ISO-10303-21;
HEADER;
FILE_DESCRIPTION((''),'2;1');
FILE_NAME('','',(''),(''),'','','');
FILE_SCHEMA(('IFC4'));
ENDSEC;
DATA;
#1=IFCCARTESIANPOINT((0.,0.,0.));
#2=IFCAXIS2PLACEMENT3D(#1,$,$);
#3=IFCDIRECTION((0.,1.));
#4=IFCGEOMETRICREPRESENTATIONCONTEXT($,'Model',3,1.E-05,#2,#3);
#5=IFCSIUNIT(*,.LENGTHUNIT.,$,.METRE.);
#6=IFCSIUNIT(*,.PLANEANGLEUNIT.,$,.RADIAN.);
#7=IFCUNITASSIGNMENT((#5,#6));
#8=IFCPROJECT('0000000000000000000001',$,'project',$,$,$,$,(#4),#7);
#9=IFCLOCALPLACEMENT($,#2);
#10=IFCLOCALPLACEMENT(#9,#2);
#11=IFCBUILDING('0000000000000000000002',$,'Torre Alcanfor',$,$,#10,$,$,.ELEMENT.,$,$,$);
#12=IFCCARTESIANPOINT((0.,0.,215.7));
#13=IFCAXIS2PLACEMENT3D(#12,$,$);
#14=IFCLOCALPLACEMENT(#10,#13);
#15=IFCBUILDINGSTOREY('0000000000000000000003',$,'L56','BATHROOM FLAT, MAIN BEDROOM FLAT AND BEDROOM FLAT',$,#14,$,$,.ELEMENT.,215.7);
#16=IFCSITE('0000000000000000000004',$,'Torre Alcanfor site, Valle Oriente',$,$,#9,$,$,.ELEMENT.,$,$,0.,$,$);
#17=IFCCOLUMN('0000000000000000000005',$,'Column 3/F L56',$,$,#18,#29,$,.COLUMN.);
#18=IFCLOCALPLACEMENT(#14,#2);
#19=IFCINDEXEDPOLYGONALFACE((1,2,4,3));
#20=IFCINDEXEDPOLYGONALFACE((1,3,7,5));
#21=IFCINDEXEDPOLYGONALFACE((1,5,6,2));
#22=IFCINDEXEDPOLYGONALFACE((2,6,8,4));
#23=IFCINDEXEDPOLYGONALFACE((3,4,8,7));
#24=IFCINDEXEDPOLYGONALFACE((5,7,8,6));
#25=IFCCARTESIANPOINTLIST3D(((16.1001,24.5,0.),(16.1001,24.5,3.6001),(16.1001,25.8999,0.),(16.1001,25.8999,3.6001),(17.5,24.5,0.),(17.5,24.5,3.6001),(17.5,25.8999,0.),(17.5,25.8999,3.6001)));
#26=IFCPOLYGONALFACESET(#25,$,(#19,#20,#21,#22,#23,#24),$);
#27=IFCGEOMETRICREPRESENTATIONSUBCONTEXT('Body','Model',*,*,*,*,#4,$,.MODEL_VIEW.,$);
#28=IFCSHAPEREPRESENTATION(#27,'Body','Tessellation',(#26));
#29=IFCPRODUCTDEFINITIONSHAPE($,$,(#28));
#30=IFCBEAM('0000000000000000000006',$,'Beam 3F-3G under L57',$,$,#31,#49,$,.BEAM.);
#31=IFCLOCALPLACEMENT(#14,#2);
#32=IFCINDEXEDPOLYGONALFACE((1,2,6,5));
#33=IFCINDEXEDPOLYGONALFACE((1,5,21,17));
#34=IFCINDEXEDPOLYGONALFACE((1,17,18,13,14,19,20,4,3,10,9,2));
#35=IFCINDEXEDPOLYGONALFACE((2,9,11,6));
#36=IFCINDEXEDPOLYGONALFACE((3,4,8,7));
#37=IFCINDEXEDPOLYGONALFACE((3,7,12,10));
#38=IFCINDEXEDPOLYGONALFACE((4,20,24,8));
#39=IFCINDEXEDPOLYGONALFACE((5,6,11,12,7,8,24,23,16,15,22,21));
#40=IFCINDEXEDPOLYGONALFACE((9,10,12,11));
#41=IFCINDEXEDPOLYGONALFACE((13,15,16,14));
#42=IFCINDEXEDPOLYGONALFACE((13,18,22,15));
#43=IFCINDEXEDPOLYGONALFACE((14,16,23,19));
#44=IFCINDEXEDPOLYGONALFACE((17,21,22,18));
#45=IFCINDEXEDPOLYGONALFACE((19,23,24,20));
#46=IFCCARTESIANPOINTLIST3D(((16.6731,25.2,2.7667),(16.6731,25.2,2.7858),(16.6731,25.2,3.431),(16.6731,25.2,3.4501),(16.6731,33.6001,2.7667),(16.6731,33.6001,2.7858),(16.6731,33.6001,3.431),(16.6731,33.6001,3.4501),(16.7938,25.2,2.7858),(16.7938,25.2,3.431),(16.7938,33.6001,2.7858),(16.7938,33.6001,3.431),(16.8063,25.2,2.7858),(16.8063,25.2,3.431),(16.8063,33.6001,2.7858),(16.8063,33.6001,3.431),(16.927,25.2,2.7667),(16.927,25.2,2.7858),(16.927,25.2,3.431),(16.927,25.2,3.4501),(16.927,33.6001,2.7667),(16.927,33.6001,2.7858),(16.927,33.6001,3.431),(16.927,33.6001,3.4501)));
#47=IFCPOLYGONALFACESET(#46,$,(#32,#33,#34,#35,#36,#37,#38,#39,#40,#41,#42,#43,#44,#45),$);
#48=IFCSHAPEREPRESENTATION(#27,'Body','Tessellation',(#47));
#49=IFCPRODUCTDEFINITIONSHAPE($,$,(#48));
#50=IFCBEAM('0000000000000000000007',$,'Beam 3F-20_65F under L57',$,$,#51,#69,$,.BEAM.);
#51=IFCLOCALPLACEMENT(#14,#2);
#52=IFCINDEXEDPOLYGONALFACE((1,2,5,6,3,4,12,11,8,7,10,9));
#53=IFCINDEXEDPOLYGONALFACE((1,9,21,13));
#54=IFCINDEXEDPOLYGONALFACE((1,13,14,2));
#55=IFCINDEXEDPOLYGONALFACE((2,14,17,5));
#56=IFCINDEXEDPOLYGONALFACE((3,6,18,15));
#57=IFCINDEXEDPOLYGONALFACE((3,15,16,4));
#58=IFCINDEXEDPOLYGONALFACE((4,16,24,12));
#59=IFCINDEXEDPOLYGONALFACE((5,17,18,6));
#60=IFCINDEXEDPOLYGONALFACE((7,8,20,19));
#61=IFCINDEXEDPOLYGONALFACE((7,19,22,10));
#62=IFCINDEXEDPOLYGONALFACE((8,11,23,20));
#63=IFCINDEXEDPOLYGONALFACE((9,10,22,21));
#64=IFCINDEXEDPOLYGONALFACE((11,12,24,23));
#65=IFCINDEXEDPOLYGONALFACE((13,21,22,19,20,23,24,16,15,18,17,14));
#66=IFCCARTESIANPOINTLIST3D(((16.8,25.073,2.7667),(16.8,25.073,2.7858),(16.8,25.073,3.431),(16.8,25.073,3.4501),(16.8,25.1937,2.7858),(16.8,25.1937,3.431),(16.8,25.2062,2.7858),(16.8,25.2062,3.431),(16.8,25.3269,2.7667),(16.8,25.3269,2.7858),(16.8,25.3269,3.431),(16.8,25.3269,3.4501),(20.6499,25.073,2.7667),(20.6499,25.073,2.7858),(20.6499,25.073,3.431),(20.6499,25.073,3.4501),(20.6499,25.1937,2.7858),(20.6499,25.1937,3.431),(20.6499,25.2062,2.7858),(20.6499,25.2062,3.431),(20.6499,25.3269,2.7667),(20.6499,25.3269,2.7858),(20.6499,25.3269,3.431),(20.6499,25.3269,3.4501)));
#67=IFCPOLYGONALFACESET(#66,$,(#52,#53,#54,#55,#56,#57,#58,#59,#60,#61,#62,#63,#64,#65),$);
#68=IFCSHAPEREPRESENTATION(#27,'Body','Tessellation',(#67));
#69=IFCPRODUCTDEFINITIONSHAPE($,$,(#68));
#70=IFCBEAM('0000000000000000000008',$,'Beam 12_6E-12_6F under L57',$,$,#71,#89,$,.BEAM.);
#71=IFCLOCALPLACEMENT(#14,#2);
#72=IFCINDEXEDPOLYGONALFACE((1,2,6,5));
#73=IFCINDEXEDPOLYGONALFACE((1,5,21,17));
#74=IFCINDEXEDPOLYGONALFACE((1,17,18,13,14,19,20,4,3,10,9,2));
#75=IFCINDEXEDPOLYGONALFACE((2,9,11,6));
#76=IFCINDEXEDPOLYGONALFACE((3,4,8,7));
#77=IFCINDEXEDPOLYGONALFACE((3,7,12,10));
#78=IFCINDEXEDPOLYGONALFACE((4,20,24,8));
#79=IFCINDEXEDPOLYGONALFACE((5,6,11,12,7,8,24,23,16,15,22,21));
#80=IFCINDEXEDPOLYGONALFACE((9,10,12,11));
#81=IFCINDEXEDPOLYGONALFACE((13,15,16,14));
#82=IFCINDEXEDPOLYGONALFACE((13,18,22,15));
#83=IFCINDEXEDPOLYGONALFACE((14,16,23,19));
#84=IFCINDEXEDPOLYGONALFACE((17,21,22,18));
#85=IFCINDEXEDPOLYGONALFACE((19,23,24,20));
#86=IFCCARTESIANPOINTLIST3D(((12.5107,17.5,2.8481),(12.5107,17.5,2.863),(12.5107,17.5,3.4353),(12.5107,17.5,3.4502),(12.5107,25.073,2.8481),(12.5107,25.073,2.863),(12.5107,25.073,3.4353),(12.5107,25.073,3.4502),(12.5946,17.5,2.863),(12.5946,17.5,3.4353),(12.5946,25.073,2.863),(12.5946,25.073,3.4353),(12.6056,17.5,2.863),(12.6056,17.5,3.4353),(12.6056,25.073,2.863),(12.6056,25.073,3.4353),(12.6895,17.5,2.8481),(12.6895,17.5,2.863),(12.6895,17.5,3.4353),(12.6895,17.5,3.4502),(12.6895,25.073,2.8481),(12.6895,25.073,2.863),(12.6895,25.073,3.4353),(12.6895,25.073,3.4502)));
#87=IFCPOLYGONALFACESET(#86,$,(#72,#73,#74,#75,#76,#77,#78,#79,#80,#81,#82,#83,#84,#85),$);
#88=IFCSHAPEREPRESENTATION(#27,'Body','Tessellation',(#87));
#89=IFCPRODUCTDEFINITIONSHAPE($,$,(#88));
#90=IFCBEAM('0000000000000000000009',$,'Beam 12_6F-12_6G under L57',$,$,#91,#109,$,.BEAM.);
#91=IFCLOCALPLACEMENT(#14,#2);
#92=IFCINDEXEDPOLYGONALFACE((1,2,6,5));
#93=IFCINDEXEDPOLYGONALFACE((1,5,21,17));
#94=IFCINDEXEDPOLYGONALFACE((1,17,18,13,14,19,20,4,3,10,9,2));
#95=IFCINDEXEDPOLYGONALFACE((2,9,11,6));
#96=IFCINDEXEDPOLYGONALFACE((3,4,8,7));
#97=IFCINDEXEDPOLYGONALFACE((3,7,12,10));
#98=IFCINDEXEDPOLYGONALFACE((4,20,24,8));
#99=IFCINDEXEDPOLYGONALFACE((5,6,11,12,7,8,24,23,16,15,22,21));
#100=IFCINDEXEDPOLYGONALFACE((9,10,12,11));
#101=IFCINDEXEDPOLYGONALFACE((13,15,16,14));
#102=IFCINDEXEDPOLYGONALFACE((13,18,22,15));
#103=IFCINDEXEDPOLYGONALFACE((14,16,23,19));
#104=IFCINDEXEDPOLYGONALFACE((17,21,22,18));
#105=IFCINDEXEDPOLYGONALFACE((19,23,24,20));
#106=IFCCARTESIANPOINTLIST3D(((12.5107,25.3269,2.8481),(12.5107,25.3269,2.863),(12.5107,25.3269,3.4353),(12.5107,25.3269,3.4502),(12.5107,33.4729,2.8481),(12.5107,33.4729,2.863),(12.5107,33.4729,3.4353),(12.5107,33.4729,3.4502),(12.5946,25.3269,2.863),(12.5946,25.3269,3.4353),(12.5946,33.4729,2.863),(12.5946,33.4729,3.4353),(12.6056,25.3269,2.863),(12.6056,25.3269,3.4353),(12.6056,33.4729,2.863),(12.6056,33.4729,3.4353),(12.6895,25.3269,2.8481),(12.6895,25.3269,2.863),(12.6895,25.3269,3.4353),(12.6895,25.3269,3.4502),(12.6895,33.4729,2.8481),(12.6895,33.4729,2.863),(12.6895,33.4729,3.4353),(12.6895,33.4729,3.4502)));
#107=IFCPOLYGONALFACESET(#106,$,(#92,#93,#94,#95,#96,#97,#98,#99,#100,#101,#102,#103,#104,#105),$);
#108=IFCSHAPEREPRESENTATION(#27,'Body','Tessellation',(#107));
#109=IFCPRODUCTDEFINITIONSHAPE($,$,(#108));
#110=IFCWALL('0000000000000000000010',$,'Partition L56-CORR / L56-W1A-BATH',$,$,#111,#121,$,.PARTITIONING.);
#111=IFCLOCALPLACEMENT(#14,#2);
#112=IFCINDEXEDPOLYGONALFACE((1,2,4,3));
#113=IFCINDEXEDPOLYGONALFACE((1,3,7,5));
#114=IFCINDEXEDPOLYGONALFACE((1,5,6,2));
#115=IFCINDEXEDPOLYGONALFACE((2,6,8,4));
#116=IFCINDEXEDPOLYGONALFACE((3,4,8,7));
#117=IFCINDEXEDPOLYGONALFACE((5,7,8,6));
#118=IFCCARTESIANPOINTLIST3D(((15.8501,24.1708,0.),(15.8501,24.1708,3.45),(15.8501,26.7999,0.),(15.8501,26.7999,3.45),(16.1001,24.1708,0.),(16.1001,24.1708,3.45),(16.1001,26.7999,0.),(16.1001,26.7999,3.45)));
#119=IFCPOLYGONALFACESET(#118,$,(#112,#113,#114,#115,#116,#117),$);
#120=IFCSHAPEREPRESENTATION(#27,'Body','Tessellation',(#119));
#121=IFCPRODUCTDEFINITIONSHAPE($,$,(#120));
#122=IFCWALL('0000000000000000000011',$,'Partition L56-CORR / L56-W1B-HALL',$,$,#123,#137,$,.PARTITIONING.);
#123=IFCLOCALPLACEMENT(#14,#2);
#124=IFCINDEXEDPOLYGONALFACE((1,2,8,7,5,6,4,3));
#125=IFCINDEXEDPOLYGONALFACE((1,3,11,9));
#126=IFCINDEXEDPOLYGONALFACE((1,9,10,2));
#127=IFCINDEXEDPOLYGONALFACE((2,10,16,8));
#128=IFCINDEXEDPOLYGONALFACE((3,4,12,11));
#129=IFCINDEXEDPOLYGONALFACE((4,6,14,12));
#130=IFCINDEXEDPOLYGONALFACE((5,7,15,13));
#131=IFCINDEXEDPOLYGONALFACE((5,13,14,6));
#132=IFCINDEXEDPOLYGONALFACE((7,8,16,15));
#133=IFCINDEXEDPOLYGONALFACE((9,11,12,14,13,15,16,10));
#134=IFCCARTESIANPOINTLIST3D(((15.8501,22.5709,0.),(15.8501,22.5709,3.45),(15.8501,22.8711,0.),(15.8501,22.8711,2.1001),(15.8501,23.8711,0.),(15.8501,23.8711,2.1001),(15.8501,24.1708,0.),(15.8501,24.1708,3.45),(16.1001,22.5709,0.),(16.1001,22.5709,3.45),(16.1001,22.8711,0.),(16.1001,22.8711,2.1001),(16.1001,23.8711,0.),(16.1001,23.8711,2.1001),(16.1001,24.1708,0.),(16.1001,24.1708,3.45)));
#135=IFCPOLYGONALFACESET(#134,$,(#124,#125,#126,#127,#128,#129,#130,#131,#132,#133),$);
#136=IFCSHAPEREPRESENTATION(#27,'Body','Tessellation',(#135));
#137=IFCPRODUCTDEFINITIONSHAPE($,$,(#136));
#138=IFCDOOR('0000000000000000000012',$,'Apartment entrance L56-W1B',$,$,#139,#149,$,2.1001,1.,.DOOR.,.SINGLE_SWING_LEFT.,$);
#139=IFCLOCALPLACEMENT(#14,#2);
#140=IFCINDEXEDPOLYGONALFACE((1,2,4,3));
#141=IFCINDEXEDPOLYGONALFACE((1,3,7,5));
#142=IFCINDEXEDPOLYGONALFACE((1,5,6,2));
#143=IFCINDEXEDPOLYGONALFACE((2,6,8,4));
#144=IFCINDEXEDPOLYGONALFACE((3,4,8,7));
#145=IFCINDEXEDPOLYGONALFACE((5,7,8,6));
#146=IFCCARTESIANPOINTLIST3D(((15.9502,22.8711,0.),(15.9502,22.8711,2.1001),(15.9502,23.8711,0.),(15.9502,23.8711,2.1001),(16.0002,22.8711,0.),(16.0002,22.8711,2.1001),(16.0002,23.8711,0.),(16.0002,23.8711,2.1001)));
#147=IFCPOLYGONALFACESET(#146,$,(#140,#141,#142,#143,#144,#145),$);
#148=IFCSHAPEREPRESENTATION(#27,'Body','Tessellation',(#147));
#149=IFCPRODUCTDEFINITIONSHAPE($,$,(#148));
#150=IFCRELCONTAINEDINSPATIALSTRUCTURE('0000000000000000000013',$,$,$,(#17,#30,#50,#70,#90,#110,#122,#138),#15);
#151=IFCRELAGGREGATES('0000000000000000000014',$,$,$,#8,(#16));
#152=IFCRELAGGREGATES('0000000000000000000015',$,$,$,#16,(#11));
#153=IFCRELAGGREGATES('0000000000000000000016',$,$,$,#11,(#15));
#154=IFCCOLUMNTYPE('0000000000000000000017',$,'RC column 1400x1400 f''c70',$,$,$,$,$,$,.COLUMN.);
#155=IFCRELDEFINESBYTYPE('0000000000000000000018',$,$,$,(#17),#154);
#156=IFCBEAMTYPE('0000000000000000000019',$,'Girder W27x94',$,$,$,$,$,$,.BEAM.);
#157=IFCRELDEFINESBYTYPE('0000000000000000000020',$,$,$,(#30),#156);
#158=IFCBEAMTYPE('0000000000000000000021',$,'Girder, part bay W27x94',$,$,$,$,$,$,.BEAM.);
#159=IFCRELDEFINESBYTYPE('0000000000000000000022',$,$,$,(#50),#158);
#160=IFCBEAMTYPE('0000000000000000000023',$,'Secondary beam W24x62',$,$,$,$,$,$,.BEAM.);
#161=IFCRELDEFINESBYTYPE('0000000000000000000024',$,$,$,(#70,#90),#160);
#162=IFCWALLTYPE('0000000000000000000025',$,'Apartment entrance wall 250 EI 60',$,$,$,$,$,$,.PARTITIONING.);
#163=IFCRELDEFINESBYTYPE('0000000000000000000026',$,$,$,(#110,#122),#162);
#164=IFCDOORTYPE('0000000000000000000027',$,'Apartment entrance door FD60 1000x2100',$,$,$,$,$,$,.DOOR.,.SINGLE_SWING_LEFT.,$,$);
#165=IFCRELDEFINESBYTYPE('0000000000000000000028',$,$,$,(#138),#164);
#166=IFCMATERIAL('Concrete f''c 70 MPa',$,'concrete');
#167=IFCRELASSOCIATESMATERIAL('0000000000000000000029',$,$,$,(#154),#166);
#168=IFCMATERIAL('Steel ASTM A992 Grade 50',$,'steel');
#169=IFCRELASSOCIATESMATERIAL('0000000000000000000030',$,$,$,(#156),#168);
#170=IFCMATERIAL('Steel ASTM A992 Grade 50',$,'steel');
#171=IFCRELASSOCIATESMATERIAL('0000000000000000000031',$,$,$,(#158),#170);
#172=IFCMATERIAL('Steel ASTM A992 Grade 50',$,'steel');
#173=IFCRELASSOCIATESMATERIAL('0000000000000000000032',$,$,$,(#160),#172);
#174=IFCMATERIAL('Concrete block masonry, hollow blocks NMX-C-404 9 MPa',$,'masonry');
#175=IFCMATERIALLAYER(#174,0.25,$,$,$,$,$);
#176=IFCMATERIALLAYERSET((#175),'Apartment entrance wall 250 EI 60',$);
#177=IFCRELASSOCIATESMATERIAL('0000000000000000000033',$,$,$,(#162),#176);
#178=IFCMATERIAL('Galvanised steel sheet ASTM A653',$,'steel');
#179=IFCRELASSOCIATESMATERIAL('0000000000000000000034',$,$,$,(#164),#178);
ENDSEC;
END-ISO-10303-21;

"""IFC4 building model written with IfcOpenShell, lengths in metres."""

from ifc_helpers import new_model, si_unit, direction, frame, frame_2d, origin, origin_2d, place, context, subcontext, project, spatial, rectangle, i_section, extrude, material, layer, layer_set, material_profile, profile_set, type_object, element, fill, save


model = new_model("IFC4")

# Units and contexts
model_context = context("Model", 3, precision=1e-05, world=origin(), true_north=direction((0.0, 1.0)))
body_context = subcontext(model_context, "Body", "Model", "MODEL_VIEW")
ifc_project = project(units=[si_unit("LENGTHUNIT", "METRE"), si_unit("PLANEANGLEUNIT", "RADIAN")], contexts=[model_context])

# Site, building, storey
site_placement = place(None, origin())
site = spatial("IfcSite", under=ifc_project, at=site_placement, Name="Torre Alcanfor site, Valle Oriente", CompositionType="ELEMENT", RefElevation=0.0)
building_placement = place(site_placement, origin())
building = spatial("IfcBuilding", under=site, at=building_placement, Name="Torre Alcanfor", CompositionType="ELEMENT")
storey_placement = place(building_placement, frame((0.0, 0.0, 215.7)))
storey = spatial("IfcBuildingStorey", under=building, at=storey_placement, Name="L56", Description="BATHROOM FLAT, MAIN BEDROOM FLAT AND BEDROOM FLAT", CompositionType="ELEMENT", Elevation=215.7)

# Column
ifc_material_1 = material(Name="Concrete f'c 70 MPa", Category="concrete")
ifc_material_profile_1 = material_profile(ifc_material_1, rectangle(XDim=1.3999, YDim=1.3999, at=origin_2d()), Name="1400x1400")
ifc_profile_set_1 = profile_set([ifc_material_profile_1], Name="Concrete f'c 70 MPa")
column_type = type_object("IfcColumnType", Name="RC column 1400x1400 f'c70", PredefinedType="COLUMN", material=ifc_profile_set_1)
column_placement = place(storey_placement, frame((16.8, 25.2, 0.0), z_axis=(0.0, 0.0, 1.0), x_axis=(1.0, 0.0, 0.0)))
element("IfcColumn", 1, at=column_placement, inside=storey, type_object=column_type, Name="Column 3/F L56", PredefinedType="COLUMN", context=body_context, shape_type="SweptSolid", body=[
    extrude(rectangle(XDim=1.3999, YDim=1.3999, at=origin_2d()), origin(), (0.0, 0.0, 1.0), 3.6001),
])

# Beams
ifc_material_2 = material(Name="Steel ASTM A992 Grade 50", Category="steel")
ifc_material_profile_2 = material_profile(ifc_material_2, i_section(OverallWidth=0.2539, OverallDepth=0.6833, WebThickness=0.0125, FlangeThickness=0.019, at=origin_2d()), Name="W27x94")
ifc_profile_set_2 = profile_set([ifc_material_profile_2], Name="Steel ASTM A992 Grade 50")
beam_type_1 = type_object("IfcBeamType", Name="Girder W27x94", PredefinedType="BEAM", material=ifc_profile_set_2)
beam_1_placement = place(storey_placement, frame((16.8, 25.2, 3.1084), z_axis=(0.0, 1.0, 0.0), x_axis=(-1.0, 0.0, 0.0)))
element("IfcBeam", 2, at=beam_1_placement, inside=storey, type_object=beam_type_1, Name="Beam 3F-3G under L57", PredefinedType="BEAM", context=body_context, shape_type="SweptSolid", body=[
    extrude(i_section(OverallWidth=0.2539, OverallDepth=0.6833, WebThickness=0.0125, FlangeThickness=0.019, at=origin_2d()), origin(), (0.0, 0.0, 1.0), 8.4001),
])
ifc_material_3 = material(Name="Steel ASTM A992 Grade 50", Category="steel")
ifc_material_profile_3 = material_profile(ifc_material_3, i_section(OverallWidth=0.2539, OverallDepth=0.6833, WebThickness=0.0125, FlangeThickness=0.019, at=origin_2d()), Name="W27x94")
ifc_profile_set_3 = profile_set([ifc_material_profile_3], Name="Steel ASTM A992 Grade 50")
beam_type_2 = type_object("IfcBeamType", Name="Girder, part bay W27x94", PredefinedType="BEAM", material=ifc_profile_set_3)
beam_2_placement = place(storey_placement, frame((16.8, 25.2, 3.1084), z_axis=(1.0, 0.0, 0.0), x_axis=(0.0, 1.0, 0.0)))
element("IfcBeam", 3, at=beam_2_placement, inside=storey, type_object=beam_type_2, Name="Beam 3F-20_65F under L57", PredefinedType="BEAM", context=body_context, shape_type="SweptSolid", body=[
    extrude(i_section(OverallWidth=0.2539, OverallDepth=0.6833, WebThickness=0.0125, FlangeThickness=0.019, at=origin_2d()), origin(), (0.0, 0.0, 1.0), 3.8499),
])
ifc_material_4 = material(Name="Steel ASTM A992 Grade 50", Category="steel")
ifc_material_profile_4 = material_profile(ifc_material_4, i_section(OverallWidth=0.1787, OverallDepth=0.6021, WebThickness=0.011, FlangeThickness=0.0149, at=origin_2d()), Name="W24x62")
ifc_profile_set_4 = profile_set([ifc_material_profile_4], Name="Steel ASTM A992 Grade 50")
beam_type_3 = type_object("IfcBeamType", Name="Secondary beam W24x62", PredefinedType="BEAM", material=ifc_profile_set_4)
beam_3_placement = place(storey_placement, frame((12.6001, 17.5, 3.1492), z_axis=(0.0, 1.0, 0.0), x_axis=(-1.0, 0.0, 0.0)))
element("IfcBeam", 4, at=beam_3_placement, inside=storey, type_object=beam_type_3, Name="Beam 12_6E-12_6F under L57", PredefinedType="BEAM", context=body_context, shape_type="SweptSolid", body=[
    extrude(i_section(OverallWidth=0.1787, OverallDepth=0.6021, WebThickness=0.011, FlangeThickness=0.0149, at=origin_2d()), origin(), (0.0, 0.0, 1.0), 7.573),
])
beam_4_placement = place(storey_placement, frame((12.6001, 25.3269, 3.1492), z_axis=(0.0, 1.0, 0.0), x_axis=(-1.0, 0.0, 0.0)))
element("IfcBeam", 5, at=beam_4_placement, inside=storey, type_object=beam_type_3, Name="Beam 12_6F-12_6G under L57", PredefinedType="BEAM", context=body_context, shape_type="SweptSolid", body=[
    extrude(i_section(OverallWidth=0.1787, OverallDepth=0.6021, WebThickness=0.011, FlangeThickness=0.0149, at=origin_2d()), origin(), (0.0, 0.0, 1.0), 8.146),
])

# Wall
ifc_material_5 = material(Name="Concrete block masonry, hollow blocks NMX-C-404 9 MPa", Category="masonry")
ifc_layer_1 = layer(ifc_material_5, 0.25)
ifc_layer_set_1 = layer_set([ifc_layer_1], Name="Apartment entrance wall 250 EI 60")
wall_type_1 = type_object("IfcWallType", Name="Apartment entrance wall 250 EI 60", PredefinedType="PARTITIONING", material=ifc_layer_set_1)
wall_1_placement = place(storey_placement, frame((15.9751, 24.1709, 0.0), z_axis=(0.0, 0.0, 1.0), x_axis=(0.0, 1.0, 0.0)))
element("IfcWall", 6, at=wall_1_placement, inside=storey, type_object=wall_type_1, Name="Partition L56-CORR / L56-W1A-BATH", PredefinedType="PARTITIONING", context=body_context, shape_type="SweptSolid", body=[
    extrude(rectangle(XDim=2.6292, YDim=0.25, at=frame_2d((1.3145, 0.0))), origin(), (0.0, 0.0, 1.0), 3.45),
])

# Wall, opening, door
wall_2_placement = place(storey_placement, frame((15.9751, 22.571, 0.0), z_axis=(0.0, 0.0, 1.0), x_axis=(0.0, 1.0, 0.0)))
wall_2 = element("IfcWall", 7, at=wall_2_placement, inside=storey, type_object=wall_type_1, Name="Partition L56-CORR / L56-W1B-HALL", PredefinedType="PARTITIONING", context=body_context, shape_type="SweptSolid", body=[
    extrude(rectangle(XDim=1.5999, YDim=0.25, at=frame_2d((0.7998, 0.0))), origin(), (0.0, 0.0, 1.0), 3.45),
])
opening_1_placement = place(wall_2_placement, frame((0.3, 0.0, 0.0)))
opening_1 = element("IfcOpeningElement", 8, at=opening_1_placement, cuts=wall_2, PredefinedType="OPENING", context=body_context, shape_type="SweptSolid", body=[
    extrude(rectangle(XDim=1.0, YDim=2.1001, at=frame_2d((0.5, 1.05))), frame((0.0, 0.135, 0.0), z_axis=(0.0, -1.0, 0.0), x_axis=(1.0, 0.0, 0.0)), (0.0, 0.0, 1.0), 0.27),
])
ifc_material_6 = material(Name="Galvanised steel sheet ASTM A653", Category="steel")
door_type_1 = type_object("IfcDoorType", Name="Apartment entrance door FD60 1000x2100", OperationType="SINGLE_SWING_LEFT", PredefinedType="DOOR", material=ifc_material_6)
door_1_placement = place(opening_1_placement, origin())
door_1 = element("IfcDoor", 9, at=door_1_placement, inside=storey, type_object=door_type_1, Name="Apartment entrance L56-W1B", OperationType="SINGLE_SWING_LEFT", OverallHeight=2.1001, OverallWidth=1.0, PredefinedType="DOOR", context=body_context, shape_type="SweptSolid", body=[
    extrude(rectangle(XDim=1.0, YDim=2.1001, at=frame_2d((0.5, 1.05))), frame((0.0, 0.0249, 0.0), z_axis=(0.0, -1.0, 0.0), x_axis=(1.0, 0.0, 0.0)), (0.0, 0.0, 1.0), 0.05),
])
fill(opening_1, door_1)

save(model, "model.ifc")
